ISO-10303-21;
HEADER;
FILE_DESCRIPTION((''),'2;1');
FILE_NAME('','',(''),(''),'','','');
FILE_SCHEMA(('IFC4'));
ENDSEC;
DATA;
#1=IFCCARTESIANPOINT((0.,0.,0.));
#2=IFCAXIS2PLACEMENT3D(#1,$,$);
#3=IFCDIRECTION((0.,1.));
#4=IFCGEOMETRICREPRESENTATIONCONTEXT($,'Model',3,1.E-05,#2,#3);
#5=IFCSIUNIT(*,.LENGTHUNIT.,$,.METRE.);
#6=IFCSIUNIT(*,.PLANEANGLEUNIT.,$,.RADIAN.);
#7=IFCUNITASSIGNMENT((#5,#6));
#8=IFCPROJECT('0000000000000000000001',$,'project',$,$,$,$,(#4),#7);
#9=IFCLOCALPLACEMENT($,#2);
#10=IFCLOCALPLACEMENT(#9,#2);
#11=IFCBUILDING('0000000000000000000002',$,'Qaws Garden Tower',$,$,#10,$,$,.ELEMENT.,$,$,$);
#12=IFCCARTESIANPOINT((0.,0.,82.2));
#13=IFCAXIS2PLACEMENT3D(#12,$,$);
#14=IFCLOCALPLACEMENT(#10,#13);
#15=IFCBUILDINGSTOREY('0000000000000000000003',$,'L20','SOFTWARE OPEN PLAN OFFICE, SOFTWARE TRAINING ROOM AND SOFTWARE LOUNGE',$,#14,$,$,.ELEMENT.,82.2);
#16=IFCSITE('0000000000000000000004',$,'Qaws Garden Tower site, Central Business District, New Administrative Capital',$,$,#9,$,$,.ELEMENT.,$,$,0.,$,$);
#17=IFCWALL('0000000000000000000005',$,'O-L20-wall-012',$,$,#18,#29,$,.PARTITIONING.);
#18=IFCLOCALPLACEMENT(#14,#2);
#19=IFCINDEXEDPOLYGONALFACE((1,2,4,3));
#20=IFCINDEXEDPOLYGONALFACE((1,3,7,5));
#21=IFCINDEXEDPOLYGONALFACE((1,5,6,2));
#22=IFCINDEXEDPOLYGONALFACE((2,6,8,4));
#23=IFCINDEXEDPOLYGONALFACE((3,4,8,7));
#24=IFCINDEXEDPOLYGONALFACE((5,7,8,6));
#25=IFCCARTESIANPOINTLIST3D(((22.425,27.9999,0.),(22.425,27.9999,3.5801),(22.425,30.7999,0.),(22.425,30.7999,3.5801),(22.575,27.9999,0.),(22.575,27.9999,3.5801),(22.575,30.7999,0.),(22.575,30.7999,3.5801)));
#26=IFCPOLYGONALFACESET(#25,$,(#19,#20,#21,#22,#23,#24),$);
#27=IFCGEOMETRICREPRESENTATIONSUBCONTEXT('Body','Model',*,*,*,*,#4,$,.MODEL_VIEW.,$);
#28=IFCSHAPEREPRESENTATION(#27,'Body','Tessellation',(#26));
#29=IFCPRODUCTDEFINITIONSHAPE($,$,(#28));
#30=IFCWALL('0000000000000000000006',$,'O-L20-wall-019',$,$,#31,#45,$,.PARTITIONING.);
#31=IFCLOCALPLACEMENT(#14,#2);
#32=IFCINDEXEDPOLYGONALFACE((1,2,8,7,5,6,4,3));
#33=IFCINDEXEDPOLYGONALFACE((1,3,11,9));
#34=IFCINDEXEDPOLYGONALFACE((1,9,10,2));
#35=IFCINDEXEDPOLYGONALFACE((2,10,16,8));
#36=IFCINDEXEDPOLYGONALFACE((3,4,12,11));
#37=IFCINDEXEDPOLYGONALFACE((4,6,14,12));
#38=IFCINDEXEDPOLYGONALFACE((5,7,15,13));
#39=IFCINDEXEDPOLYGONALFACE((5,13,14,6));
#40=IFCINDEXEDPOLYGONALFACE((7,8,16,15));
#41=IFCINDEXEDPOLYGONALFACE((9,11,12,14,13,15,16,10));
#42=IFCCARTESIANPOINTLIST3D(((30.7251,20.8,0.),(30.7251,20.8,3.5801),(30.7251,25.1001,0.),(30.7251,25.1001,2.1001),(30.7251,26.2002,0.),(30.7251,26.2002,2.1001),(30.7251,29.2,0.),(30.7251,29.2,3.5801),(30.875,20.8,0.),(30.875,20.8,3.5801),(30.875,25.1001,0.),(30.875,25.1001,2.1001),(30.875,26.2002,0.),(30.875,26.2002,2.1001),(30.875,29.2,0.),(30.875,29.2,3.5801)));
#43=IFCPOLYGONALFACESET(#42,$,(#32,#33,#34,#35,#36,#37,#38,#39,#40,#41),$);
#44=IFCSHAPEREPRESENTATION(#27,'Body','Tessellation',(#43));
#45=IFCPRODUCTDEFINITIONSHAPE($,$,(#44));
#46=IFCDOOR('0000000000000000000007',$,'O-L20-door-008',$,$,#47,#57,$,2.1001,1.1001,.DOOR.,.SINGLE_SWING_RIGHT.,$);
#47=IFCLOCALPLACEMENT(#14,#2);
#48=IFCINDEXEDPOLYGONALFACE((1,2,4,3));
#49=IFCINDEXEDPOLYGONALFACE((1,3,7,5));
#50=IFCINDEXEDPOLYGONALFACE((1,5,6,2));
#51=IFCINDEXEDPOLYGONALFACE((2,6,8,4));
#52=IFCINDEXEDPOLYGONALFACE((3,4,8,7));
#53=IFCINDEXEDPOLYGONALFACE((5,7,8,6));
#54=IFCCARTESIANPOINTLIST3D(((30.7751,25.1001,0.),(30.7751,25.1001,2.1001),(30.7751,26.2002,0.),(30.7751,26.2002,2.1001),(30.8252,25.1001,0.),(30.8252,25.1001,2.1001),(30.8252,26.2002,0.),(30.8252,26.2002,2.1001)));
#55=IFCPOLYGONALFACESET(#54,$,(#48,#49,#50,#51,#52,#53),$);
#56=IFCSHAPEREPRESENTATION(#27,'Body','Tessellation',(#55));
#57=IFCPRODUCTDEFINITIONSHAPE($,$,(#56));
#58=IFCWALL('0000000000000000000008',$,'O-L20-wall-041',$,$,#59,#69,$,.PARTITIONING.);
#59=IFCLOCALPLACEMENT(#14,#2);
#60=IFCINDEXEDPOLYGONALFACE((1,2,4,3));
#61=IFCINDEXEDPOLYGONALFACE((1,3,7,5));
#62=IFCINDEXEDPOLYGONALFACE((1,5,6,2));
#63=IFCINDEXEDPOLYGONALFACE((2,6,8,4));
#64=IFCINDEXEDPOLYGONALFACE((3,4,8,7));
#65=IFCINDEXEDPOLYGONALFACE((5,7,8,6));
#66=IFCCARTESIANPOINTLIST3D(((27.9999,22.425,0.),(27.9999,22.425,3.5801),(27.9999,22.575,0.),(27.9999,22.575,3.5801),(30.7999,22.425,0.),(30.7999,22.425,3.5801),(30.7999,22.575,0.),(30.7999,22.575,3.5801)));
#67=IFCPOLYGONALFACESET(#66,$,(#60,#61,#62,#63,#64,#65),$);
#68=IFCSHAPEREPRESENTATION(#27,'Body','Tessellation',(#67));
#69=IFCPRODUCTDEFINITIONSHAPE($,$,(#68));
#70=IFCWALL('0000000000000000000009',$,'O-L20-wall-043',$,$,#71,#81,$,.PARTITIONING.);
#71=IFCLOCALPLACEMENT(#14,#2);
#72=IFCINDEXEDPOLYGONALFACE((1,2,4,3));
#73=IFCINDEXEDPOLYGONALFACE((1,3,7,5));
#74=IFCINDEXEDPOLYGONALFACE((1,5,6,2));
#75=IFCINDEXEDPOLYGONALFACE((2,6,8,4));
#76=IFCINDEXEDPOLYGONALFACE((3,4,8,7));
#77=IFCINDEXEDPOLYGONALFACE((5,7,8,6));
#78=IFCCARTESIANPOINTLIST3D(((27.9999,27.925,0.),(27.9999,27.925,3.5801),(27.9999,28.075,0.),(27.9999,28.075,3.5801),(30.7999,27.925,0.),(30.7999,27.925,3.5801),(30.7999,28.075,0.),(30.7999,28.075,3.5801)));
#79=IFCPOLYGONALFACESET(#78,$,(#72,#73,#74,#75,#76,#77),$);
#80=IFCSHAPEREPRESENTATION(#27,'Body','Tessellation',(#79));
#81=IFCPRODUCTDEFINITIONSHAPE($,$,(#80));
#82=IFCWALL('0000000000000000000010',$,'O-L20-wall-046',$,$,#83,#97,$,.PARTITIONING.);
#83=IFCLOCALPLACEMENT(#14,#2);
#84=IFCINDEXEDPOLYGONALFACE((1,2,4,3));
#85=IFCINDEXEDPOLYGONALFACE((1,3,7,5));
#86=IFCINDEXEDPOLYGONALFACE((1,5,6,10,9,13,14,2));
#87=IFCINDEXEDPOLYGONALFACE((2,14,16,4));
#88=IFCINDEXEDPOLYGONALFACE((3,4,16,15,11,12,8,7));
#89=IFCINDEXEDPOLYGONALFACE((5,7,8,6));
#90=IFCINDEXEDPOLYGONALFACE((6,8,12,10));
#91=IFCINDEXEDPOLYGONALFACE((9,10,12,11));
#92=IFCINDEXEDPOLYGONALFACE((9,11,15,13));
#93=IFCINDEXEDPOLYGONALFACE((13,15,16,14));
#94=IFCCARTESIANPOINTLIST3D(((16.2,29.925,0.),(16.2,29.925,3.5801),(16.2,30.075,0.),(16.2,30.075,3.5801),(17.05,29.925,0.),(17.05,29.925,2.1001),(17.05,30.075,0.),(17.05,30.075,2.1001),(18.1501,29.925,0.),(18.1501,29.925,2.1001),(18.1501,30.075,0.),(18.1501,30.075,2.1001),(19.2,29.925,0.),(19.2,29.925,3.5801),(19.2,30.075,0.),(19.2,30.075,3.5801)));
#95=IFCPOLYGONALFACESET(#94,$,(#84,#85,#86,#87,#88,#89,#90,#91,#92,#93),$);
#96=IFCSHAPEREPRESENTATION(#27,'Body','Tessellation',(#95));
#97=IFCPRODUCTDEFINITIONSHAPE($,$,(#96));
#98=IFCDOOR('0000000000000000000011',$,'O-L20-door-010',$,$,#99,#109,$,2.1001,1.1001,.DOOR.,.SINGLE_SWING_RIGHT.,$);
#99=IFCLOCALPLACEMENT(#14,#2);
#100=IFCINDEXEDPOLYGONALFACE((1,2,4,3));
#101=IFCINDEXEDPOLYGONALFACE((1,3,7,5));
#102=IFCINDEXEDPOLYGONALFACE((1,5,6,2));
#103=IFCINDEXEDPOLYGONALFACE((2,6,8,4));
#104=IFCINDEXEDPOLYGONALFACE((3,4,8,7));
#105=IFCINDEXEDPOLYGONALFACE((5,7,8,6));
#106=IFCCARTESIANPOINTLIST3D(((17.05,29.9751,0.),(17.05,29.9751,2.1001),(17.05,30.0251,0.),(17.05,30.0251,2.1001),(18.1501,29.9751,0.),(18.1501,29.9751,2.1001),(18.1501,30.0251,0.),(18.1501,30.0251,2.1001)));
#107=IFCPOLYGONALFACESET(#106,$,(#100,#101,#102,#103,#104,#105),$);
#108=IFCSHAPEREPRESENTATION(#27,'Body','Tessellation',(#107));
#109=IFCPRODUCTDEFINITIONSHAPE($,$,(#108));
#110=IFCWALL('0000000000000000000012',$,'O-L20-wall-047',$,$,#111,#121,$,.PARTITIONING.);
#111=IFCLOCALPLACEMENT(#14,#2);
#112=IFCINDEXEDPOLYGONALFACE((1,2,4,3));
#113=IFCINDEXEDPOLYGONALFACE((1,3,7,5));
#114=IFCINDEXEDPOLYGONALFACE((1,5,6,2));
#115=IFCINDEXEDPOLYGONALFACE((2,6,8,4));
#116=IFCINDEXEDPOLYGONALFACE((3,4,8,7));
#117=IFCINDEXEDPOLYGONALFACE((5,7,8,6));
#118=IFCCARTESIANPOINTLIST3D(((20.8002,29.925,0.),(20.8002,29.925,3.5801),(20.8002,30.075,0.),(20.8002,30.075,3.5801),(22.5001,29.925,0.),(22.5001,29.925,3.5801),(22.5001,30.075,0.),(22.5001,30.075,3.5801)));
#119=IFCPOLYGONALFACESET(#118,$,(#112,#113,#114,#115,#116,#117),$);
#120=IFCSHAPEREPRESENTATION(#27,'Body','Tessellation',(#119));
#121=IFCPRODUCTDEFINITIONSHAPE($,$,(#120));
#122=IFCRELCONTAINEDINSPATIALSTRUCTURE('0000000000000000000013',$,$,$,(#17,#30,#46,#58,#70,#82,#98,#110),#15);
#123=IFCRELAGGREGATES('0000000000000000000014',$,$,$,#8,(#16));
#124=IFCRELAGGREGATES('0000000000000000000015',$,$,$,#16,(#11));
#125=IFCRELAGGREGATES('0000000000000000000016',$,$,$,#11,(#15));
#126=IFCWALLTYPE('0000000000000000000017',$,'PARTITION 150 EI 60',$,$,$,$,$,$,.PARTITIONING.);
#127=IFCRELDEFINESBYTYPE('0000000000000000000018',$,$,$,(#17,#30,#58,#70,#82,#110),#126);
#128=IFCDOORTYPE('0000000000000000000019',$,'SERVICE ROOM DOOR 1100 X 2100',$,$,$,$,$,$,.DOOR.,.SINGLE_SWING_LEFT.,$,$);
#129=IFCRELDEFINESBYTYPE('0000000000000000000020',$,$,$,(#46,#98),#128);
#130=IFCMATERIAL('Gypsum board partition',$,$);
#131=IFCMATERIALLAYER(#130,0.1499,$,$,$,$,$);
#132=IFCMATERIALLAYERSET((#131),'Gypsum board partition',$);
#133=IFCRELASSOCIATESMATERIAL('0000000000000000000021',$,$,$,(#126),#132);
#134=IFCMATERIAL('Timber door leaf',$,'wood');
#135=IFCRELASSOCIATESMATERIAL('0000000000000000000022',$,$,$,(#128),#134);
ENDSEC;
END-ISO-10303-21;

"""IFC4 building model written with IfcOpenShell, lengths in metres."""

from ifc_helpers import new_model, si_unit, direction, frame, frame_2d, origin, place, context, subcontext, project, spatial, rectangle, extrude, material, layer, layer_set, type_object, element, fill, save


model = new_model("IFC4")

# Units and contexts
model_context = context("Model", 3, precision=1e-05, world=origin(), true_north=direction((0.0, 1.0)))
body_context = subcontext(model_context, "Body", "Model", "MODEL_VIEW")
ifc_project = project(units=[si_unit("LENGTHUNIT", "METRE"), si_unit("PLANEANGLEUNIT", "RADIAN")], contexts=[model_context])

# Site, building, storey
site_placement = place(None, origin())
site = spatial("IfcSite", under=ifc_project, at=site_placement, Name="Qaws Garden Tower site, Central Business District, New Administrative Capital", CompositionType="ELEMENT", RefElevation=0.0)
building_placement = place(site_placement, origin())
building = spatial("IfcBuilding", under=site, at=building_placement, Name="Qaws Garden Tower", CompositionType="ELEMENT")
storey_placement = place(building_placement, frame((0.0, 0.0, 82.2)))
storey = spatial("IfcBuildingStorey", under=building, at=storey_placement, Name="L20", Description="SOFTWARE OPEN PLAN OFFICE, SOFTWARE TRAINING ROOM AND SOFTWARE LOUNGE", CompositionType="ELEMENT", Elevation=82.2)

# Wall
ifc_material_1 = material(Name="Gypsum board partition")
ifc_layer_1 = layer(ifc_material_1, 0.1499)
ifc_layer_set_1 = layer_set([ifc_layer_1], Name="Gypsum board partition")
wall_type_1 = type_object("IfcWallType", Name="PARTITION 150 EI 60", PredefinedType="PARTITIONING", material=ifc_layer_set_1)
wall_1_placement = place(storey_placement, frame((22.5, 28.0, 0.0), z_axis=(0.0, 0.0, 1.0), x_axis=(0.0, 1.0, 0.0)))
element("IfcWall", 1, at=wall_1_placement, inside=storey, type_object=wall_type_1, Name="O-L20-wall-012", PredefinedType="PARTITIONING", context=body_context, shape_type="SweptSolid", body=[
    extrude(rectangle(XDim=2.8, YDim=0.1499, at=frame_2d((1.3999, 0.0))), origin(), (0.0, 0.0, 1.0), 3.5801),
])

# Wall, opening, door
wall_2_placement = place(storey_placement, frame((30.8, 20.8, 0.0), z_axis=(0.0, 0.0, 1.0), x_axis=(0.0, 1.0, 0.0)))
wall_2 = element("IfcWall", 2, at=wall_2_placement, inside=storey, type_object=wall_type_1, Name="O-L20-wall-019", PredefinedType="PARTITIONING", context=body_context, shape_type="SweptSolid", body=[
    extrude(rectangle(XDim=8.3999, YDim=0.1499, at=frame_2d((4.2, 0.0))), origin(), (0.0, 0.0, 1.0), 3.5801),
])
opening_1_placement = place(wall_2_placement, frame((4.3, 0.0, 0.0)))
opening_1 = element("IfcOpeningElement", 3, at=opening_1_placement, cuts=wall_2, PredefinedType="OPENING", context=body_context, shape_type="SweptSolid", body=[
    extrude(rectangle(XDim=1.1001, YDim=2.1001, at=frame_2d((0.55, 1.05))), frame((0.0, 0.085, 0.0), z_axis=(0.0, -1.0, 0.0), x_axis=(1.0, 0.0, 0.0)), (0.0, 0.0, 1.0), 0.1699),
])
ifc_material_2 = material(Name="Timber door leaf", Category="wood")
door_type_1 = type_object("IfcDoorType", Name="SERVICE ROOM DOOR 1100 X 2100", OperationType="SINGLE_SWING_LEFT", PredefinedType="DOOR", material=ifc_material_2)
door_1_placement = place(opening_1_placement, origin())
door_1 = element("IfcDoor", 4, at=door_1_placement, inside=storey, type_object=door_type_1, Name="O-L20-door-008", OperationType="SINGLE_SWING_RIGHT", OverallHeight=2.1001, OverallWidth=1.1001, PredefinedType="DOOR", context=body_context, shape_type="SweptSolid", body=[
    extrude(rectangle(XDim=1.1001, YDim=2.1001, at=frame_2d((0.55, 1.05))), frame((0.0, 0.0249, 0.0), z_axis=(0.0, -1.0, 0.0), x_axis=(1.0, 0.0, 0.0)), (0.0, 0.0, 1.0), 0.05),
])
fill(opening_1, door_1)

# Walls
for number, where, z_axis, x_axis, name in (
    (5, (28.0, 22.5, 0.0), (0.0, 0.0, 1.0), (1.0, 0.0, 0.0), "O-L20-wall-041"),
    (6, (28.0, 28.0, 0.0), (0.0, 0.0, 1.0), (1.0, 0.0, 0.0), "O-L20-wall-043"),
):
    element("IfcWall", number, at=place(storey_placement, frame(where, z_axis=z_axis, x_axis=x_axis)), inside=storey, type_object=wall_type_1, Name=name, PredefinedType="PARTITIONING", context=body_context, shape_type="SweptSolid", body=[
        extrude(rectangle(XDim=2.8, YDim=0.1499, at=frame_2d((1.3999, 0.0))), origin(), (0.0, 0.0, 1.0), 3.5801),
    ])

# Wall, opening, door
wall_3_placement = place(storey_placement, frame((16.2, 30.0, 0.0), z_axis=(0.0, 0.0, 1.0), x_axis=(1.0, 0.0, 0.0)))
wall_3 = element("IfcWall", 7, at=wall_3_placement, inside=storey, type_object=wall_type_1, Name="O-L20-wall-046", PredefinedType="PARTITIONING", context=body_context, shape_type="SweptSolid", body=[
    extrude(rectangle(XDim=3.0, YDim=0.1499, at=frame_2d((1.5, 0.0))), origin(), (0.0, 0.0, 1.0), 3.5801),
])
opening_2_placement = place(wall_3_placement, frame((0.8501, 0.0, 0.0)))
opening_2 = element("IfcOpeningElement", 8, at=opening_2_placement, cuts=wall_3, PredefinedType="OPENING", context=body_context, shape_type="SweptSolid", body=[
    extrude(rectangle(XDim=1.1001, YDim=2.1001, at=frame_2d((0.55, 1.05))), frame((0.0, 0.085, 0.0), z_axis=(0.0, -1.0, 0.0), x_axis=(1.0, 0.0, 0.0)), (0.0, 0.0, 1.0), 0.1699),
])
door_2_placement = place(opening_2_placement, frame((1.1001, 0.0, 0.0), z_axis=(0.0, 0.0, 1.0), x_axis=(-1.0, 0.0, 0.0)))
door_2 = element("IfcDoor", 9, at=door_2_placement, inside=storey, type_object=door_type_1, Name="O-L20-door-010", OperationType="SINGLE_SWING_RIGHT", OverallHeight=2.1001, OverallWidth=1.1001, PredefinedType="DOOR", context=body_context, shape_type="SweptSolid", body=[
    extrude(rectangle(XDim=1.1001, YDim=2.1001, at=frame_2d((0.55, 1.05))), frame((0.0, 0.0249, 0.0), z_axis=(0.0, -1.0, 0.0), x_axis=(1.0, 0.0, 0.0)), (0.0, 0.0, 1.0), 0.05),
])
fill(opening_2, door_2)

# Wall
wall_4_placement = place(storey_placement, frame((20.8, 30.0, 0.0), z_axis=(0.0, 0.0, 1.0), x_axis=(1.0, 0.0, 0.0)))
element("IfcWall", 10, at=wall_4_placement, inside=storey, type_object=wall_type_1, Name="O-L20-wall-047", PredefinedType="PARTITIONING", context=body_context, shape_type="SweptSolid", body=[
    extrude(rectangle(XDim=1.7, YDim=0.1499, at=frame_2d((0.8501, 0.0))), origin(), (0.0, 0.0, 1.0), 3.5801),
])

save(model, "model.ifc")
